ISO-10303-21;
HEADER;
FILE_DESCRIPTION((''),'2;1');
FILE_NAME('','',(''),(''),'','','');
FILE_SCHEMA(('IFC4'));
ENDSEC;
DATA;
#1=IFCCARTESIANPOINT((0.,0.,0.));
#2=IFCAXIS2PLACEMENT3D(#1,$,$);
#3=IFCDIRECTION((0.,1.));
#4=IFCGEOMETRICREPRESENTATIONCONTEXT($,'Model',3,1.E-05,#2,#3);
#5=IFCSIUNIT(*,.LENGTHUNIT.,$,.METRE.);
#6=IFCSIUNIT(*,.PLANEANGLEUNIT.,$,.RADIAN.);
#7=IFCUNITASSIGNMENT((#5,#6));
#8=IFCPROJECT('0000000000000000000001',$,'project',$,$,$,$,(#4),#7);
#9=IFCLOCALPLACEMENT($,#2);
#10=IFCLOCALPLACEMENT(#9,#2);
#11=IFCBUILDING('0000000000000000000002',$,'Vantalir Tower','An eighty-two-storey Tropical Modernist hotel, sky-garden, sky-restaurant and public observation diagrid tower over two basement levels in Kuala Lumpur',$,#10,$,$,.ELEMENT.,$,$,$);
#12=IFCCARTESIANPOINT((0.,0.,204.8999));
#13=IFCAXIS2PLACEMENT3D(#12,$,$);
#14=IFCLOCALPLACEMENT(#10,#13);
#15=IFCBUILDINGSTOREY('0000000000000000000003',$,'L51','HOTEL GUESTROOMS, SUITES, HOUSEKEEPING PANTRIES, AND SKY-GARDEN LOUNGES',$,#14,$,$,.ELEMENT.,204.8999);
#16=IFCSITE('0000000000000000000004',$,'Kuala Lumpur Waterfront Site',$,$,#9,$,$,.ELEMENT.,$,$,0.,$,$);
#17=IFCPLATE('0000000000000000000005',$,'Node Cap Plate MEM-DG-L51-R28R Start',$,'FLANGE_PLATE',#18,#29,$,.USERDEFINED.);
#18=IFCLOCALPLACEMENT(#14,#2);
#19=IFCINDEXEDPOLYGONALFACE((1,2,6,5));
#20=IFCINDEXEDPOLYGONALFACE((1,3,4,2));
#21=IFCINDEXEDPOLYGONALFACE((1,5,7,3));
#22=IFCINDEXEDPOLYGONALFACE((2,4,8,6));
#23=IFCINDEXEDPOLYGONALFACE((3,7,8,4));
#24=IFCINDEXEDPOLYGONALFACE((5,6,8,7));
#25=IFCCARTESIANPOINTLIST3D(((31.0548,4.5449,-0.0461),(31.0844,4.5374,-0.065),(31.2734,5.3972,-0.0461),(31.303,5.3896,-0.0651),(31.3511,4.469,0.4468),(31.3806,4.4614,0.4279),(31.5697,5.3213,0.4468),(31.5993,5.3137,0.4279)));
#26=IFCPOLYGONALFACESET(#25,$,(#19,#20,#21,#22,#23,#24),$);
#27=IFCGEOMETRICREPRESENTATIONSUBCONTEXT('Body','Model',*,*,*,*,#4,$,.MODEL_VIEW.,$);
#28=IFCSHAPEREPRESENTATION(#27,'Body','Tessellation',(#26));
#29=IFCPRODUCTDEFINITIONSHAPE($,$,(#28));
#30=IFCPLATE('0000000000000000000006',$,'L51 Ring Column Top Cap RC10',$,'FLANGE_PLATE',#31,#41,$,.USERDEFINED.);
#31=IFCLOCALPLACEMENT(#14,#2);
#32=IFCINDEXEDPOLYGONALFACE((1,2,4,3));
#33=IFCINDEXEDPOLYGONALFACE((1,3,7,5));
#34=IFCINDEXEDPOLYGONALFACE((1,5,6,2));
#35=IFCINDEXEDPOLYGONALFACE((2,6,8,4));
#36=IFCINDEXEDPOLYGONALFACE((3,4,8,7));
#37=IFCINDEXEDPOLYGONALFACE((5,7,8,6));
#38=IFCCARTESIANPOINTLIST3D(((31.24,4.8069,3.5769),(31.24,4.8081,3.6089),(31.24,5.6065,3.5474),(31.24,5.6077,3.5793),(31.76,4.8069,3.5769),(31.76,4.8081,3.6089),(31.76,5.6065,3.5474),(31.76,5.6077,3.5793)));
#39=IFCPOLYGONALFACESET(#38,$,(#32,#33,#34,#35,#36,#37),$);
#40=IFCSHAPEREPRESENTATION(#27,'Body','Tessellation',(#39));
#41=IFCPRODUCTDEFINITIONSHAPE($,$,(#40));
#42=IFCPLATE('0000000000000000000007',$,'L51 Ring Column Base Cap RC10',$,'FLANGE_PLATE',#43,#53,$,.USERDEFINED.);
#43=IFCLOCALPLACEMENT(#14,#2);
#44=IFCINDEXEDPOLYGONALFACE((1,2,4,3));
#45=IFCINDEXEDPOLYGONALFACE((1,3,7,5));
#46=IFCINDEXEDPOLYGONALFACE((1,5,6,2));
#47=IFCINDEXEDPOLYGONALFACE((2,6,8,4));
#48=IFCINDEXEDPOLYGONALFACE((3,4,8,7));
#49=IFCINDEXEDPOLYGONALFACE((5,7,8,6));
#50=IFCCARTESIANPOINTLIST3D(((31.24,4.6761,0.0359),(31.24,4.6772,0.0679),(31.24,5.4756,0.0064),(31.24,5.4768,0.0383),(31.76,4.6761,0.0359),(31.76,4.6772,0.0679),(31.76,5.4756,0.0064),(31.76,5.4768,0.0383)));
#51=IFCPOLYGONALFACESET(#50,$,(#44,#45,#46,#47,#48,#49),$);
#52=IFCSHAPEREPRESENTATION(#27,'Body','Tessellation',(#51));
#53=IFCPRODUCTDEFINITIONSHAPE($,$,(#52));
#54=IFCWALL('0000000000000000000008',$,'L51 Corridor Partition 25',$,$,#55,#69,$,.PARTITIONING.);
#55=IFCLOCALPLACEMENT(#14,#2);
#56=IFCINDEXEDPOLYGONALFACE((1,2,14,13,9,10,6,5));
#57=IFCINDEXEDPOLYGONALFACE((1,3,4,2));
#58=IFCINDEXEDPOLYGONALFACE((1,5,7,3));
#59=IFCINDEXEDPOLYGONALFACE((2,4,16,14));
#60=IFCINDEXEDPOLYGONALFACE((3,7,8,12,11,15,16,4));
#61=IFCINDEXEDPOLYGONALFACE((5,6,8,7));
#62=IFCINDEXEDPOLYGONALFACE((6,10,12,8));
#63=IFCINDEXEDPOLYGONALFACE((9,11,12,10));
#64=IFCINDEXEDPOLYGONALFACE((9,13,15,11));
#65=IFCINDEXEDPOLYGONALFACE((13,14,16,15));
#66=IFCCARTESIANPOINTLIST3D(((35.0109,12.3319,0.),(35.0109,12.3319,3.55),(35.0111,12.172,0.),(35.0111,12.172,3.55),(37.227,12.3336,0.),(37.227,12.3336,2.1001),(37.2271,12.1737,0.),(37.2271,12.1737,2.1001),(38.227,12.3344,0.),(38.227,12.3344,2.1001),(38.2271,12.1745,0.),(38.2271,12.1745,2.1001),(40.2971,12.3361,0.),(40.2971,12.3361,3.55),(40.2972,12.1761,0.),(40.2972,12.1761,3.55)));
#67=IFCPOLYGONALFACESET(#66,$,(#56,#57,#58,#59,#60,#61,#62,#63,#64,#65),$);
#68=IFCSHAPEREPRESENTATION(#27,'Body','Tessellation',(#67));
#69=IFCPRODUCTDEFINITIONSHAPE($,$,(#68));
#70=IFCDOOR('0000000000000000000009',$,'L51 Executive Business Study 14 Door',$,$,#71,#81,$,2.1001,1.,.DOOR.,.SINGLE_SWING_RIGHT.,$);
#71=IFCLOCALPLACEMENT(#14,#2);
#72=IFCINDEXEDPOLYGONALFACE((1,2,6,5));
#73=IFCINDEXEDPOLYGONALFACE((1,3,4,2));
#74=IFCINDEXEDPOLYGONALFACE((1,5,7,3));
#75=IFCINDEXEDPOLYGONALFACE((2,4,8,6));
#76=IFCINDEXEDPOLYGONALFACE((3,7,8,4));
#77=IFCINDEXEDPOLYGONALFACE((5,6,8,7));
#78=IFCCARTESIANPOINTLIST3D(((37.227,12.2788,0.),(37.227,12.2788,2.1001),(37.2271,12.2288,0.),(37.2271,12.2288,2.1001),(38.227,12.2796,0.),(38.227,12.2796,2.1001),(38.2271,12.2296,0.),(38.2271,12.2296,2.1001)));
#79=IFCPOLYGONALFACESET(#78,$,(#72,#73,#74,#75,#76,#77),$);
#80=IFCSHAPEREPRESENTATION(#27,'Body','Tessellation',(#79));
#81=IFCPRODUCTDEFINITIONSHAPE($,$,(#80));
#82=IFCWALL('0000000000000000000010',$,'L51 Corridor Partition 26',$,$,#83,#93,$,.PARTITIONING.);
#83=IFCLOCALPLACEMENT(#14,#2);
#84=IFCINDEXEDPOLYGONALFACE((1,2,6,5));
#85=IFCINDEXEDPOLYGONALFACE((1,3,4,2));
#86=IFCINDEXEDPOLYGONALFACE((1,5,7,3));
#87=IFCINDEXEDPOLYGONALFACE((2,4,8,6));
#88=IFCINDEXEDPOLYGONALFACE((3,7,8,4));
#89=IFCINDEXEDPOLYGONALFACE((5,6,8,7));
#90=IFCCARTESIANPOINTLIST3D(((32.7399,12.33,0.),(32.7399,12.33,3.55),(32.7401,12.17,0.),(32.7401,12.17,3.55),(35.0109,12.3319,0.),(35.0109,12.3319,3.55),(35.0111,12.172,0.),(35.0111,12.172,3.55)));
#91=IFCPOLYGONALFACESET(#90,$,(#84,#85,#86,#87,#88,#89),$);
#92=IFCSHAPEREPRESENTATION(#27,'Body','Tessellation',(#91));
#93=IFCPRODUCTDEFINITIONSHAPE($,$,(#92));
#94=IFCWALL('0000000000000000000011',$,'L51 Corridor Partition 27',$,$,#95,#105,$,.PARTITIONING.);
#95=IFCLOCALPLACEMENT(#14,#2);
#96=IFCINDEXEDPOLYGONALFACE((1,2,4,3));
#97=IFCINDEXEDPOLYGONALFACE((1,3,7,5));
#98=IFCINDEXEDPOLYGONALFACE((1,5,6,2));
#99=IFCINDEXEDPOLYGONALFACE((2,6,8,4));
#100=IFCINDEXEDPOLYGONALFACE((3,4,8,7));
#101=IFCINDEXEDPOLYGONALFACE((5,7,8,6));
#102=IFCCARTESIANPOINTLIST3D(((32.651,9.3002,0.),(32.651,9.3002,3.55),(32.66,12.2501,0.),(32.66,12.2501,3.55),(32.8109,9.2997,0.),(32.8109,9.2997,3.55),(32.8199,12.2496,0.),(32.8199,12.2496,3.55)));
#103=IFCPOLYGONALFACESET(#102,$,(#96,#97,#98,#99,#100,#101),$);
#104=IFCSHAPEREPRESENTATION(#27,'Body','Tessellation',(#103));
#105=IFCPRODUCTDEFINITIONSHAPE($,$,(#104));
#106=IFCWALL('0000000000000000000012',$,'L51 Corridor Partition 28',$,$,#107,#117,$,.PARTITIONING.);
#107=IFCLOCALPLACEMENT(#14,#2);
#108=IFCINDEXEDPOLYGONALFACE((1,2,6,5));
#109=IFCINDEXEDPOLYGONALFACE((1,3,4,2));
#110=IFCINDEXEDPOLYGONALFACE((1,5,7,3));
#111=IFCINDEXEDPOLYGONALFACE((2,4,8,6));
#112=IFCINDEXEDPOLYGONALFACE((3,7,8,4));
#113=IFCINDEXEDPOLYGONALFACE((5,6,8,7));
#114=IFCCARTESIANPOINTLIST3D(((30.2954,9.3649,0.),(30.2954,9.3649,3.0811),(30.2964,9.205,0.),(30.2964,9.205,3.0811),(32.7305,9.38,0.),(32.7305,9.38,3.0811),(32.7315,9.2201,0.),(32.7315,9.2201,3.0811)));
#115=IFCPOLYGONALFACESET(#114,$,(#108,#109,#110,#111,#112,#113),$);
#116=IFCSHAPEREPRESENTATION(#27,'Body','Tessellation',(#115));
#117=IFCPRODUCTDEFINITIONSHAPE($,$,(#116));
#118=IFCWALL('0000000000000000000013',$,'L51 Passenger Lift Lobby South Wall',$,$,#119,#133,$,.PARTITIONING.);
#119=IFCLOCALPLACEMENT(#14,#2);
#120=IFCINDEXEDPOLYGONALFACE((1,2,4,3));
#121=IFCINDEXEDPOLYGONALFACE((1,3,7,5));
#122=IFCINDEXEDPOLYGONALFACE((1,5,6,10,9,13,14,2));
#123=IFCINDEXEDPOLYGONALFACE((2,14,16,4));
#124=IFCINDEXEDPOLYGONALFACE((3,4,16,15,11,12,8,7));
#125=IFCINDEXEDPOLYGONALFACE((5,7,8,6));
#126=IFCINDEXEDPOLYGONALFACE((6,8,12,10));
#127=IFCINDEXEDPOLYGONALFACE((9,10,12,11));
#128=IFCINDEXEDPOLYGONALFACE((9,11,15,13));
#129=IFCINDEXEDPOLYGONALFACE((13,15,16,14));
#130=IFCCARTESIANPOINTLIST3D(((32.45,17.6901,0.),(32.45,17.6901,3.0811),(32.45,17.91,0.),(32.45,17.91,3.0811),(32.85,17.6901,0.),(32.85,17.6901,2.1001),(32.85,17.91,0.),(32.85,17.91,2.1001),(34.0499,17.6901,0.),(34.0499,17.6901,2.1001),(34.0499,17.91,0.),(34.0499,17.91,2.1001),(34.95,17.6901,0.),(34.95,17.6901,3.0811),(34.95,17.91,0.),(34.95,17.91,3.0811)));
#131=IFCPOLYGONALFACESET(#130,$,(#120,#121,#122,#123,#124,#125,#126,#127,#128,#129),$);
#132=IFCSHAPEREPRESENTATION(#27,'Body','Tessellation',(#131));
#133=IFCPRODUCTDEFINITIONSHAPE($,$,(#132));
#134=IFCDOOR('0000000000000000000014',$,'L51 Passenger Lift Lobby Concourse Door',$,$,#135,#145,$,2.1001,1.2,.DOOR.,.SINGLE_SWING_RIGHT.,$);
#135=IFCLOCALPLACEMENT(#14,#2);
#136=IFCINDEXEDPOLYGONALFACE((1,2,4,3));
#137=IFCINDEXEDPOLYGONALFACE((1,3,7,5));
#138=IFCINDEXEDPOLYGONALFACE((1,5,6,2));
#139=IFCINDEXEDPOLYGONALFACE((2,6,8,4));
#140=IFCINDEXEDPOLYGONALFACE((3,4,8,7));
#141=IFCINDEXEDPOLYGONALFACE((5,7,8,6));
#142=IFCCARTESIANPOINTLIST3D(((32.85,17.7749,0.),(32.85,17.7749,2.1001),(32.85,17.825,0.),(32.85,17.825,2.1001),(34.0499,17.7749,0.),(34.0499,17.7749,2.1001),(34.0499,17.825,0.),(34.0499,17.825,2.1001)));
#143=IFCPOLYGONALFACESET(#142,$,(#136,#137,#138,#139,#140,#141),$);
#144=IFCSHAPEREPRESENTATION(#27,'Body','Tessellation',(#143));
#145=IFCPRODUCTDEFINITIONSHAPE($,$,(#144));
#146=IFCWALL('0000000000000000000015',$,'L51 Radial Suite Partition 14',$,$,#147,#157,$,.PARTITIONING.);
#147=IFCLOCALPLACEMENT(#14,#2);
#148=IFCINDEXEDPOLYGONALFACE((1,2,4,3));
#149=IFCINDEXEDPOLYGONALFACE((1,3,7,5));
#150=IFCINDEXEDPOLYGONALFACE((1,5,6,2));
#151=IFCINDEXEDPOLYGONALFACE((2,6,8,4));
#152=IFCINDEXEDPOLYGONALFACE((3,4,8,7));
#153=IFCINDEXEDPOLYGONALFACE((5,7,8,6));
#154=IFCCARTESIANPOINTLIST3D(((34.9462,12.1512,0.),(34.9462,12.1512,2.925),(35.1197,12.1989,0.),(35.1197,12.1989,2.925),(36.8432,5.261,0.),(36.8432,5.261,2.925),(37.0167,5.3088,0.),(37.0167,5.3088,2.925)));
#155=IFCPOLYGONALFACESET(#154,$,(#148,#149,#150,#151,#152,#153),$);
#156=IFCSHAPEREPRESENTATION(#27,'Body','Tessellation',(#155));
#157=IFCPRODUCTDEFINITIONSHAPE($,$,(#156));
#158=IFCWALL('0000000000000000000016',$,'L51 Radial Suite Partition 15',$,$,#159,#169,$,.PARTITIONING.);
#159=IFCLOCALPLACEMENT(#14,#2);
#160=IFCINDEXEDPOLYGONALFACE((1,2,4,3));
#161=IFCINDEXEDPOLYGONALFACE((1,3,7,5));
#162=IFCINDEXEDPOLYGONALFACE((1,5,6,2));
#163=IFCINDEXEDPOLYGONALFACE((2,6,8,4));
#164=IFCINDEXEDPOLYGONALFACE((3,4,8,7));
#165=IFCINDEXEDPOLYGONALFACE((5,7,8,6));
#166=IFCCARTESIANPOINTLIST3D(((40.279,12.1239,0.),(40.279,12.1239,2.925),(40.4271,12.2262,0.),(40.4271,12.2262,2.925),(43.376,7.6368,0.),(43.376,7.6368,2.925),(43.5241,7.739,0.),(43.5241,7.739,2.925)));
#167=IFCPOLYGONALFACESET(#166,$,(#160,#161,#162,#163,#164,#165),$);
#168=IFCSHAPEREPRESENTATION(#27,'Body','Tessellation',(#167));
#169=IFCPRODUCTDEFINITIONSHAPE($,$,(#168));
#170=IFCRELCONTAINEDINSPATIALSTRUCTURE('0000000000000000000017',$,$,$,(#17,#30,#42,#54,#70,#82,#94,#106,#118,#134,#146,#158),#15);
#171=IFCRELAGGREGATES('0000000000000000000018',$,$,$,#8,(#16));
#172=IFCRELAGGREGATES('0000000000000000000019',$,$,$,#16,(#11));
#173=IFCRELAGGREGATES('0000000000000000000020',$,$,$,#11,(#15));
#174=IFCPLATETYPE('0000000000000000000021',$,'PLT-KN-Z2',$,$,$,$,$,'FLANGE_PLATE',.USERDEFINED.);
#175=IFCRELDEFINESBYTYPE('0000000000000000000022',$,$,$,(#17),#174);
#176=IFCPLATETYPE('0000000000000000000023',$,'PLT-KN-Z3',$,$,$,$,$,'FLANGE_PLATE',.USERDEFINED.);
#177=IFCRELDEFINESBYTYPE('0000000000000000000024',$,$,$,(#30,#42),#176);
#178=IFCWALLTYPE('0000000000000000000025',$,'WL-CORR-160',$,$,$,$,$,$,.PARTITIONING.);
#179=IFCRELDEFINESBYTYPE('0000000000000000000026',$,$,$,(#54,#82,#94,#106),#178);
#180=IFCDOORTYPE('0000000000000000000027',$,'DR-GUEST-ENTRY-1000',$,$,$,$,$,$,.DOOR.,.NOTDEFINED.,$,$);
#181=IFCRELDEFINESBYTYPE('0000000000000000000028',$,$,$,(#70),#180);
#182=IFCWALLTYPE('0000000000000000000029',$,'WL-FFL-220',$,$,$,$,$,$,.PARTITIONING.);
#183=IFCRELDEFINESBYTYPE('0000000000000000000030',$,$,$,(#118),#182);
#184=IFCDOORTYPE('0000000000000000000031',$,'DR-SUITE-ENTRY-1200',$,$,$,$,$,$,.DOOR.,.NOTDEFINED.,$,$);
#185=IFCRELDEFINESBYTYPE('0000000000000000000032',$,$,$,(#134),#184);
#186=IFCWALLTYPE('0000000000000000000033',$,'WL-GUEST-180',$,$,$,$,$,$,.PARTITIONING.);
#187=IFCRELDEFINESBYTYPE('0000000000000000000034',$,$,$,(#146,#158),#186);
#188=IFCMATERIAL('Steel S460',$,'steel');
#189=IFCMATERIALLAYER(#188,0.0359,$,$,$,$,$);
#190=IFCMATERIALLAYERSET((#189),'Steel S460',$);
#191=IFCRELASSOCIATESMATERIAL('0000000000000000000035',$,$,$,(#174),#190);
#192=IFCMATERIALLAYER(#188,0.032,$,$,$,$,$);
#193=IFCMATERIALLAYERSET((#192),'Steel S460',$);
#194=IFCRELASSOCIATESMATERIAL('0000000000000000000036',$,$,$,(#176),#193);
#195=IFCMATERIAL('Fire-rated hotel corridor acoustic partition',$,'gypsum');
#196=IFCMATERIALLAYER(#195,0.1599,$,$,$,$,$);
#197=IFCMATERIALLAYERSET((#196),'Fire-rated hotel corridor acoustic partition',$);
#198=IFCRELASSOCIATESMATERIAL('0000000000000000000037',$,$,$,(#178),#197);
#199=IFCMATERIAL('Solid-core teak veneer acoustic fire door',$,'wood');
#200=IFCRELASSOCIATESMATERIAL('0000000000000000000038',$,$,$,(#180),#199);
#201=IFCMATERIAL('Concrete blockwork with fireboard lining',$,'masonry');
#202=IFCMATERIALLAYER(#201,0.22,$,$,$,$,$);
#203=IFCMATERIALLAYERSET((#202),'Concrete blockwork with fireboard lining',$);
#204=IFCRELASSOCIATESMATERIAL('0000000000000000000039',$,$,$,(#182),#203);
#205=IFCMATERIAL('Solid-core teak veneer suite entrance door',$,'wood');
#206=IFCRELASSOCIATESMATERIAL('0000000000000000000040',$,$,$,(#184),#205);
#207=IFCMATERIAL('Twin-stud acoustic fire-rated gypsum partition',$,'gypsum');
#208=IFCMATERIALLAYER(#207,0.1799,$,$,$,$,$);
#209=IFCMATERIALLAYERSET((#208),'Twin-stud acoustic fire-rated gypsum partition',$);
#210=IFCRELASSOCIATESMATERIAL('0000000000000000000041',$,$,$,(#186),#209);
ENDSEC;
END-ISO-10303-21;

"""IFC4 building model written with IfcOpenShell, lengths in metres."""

from ifc_helpers import new_model, si_unit, direction, frame, frame_2d, origin, place, context, subcontext, project, spatial, polyline, rectangle, outline, extrude, material, layer, layer_set, type_object, element, fill, save


model = new_model("IFC4")

# Units and contexts
model_context = context("Model", 3, precision=1e-05, world=origin(), true_north=direction((0.0, 1.0)))
body_context = subcontext(model_context, "Body", "Model", "MODEL_VIEW")
ifc_project = project(units=[si_unit("LENGTHUNIT", "METRE"), si_unit("PLANEANGLEUNIT", "RADIAN")], contexts=[model_context])

# Site, building, storey
site_placement = place(None, origin())
site = spatial("IfcSite", under=ifc_project, at=site_placement, Name="Kuala Lumpur Waterfront Site", CompositionType="ELEMENT", RefElevation=0.0)
building_placement = place(site_placement, origin())
building = spatial("IfcBuilding", under=site, at=building_placement, Name="Vantalir Tower", Description="An eighty-two-storey Tropical Modernist hotel, sky-garden, sky-restaurant and public observation diagrid tower over two basement levels in Kuala Lumpur", CompositionType="ELEMENT")
storey_placement = place(building_placement, frame((0.0, 0.0, 204.8999)))
storey = spatial("IfcBuildingStorey", under=building, at=storey_placement, Name="L51", Description="HOTEL GUESTROOMS, SUITES, HOUSEKEEPING PANTRIES, AND SKY-GARDEN LOUNGES", CompositionType="ELEMENT", Elevation=204.8999)

# Shared definitions
ifc_material_1 = material(Name="Steel S460", Category="steel")

# Plates
ifc_layer_1 = layer(ifc_material_1, 0.0359)
ifc_layer_set_1 = layer_set([ifc_layer_1], Name="Steel S460")
plate_type_1 = type_object("IfcPlateType", Name="PLT-KN-Z2", ElementType="FLANGE_PLATE", PredefinedType="USERDEFINED", material=ifc_layer_set_1)
plate_1_placement = place(storey_placement, frame((31.2734, 5.3972, -0.0461), z_axis=(-0.823078, 0.211133, 0.527225), x_axis=(-0.248436, -0.968648, 0.00006)))
element("IfcPlate", 1, at=plate_1_placement, inside=storey, type_object=plate_type_1, Name="Node Cap Plate MEM-DG-L51-R28R Start", ObjectType="FLANGE_PLATE", PredefinedType="USERDEFINED", context=body_context, shape_type="SweptSolid", body=[
    extrude(outline(polyline([(0.0, 0.0), (0.8799, 0.0), (0.8799, 0.58), (-0.0001, 0.5802), (0.0, 0.0)])), origin(), (0.0, 0.0, -1.0), 0.0359),
])
ifc_layer_2 = layer(ifc_material_1, 0.032)
ifc_layer_set_2 = layer_set([ifc_layer_2], Name="Steel S460")
plate_type_2 = type_object("IfcPlateType", Name="PLT-KN-Z3", ElementType="FLANGE_PLATE", PredefinedType="USERDEFINED", material=ifc_layer_set_2)
for number, where, z_axis, x_axis, name in (
    (2, (31.24, 5.6077, 3.5793), (0.0, 0.036921, 0.999318), (0.0, -0.999318, 0.036921), "L51 Ring Column Top Cap RC10"),
    (3, (31.24, 5.4768, 0.0383), (0.0, 0.036921, 0.999318), (0.0, -0.999318, 0.036921), "L51 Ring Column Base Cap RC10"),
):
    element("IfcPlate", number, at=place(storey_placement, frame(where, z_axis=z_axis, x_axis=x_axis)), inside=storey, type_object=plate_type_2, Name=name, ObjectType="FLANGE_PLATE", PredefinedType="USERDEFINED", context=body_context, shape_type="SweptSolid", body=[
        extrude(outline(polyline([(0.0, 0.0), (0.8001, 0.0), (0.8001, 0.52), (0.0, 0.52), (0.0, 0.0)])), origin(), (0.0, 0.0, -1.0), 0.032),
    ])

# Wall, opening, door
ifc_material_2 = material(Name="Fire-rated hotel corridor acoustic partition", Category="gypsum")
ifc_layer_3 = layer(ifc_material_2, 0.1599)
ifc_layer_set_3 = layer_set([ifc_layer_3], Name="Fire-rated hotel corridor acoustic partition")
wall_type_1 = type_object("IfcWallType", Name="WL-CORR-160", PredefinedType="PARTITIONING", material=ifc_layer_set_3)
wall_1_placement = place(storey_placement, frame((40.2971, 12.2561, 0.0), z_axis=(0.0, 0.0, 1.0), x_axis=(-1.0, -0.000785, 0.0)))
wall_1 = element("IfcWall", 4, at=wall_1_placement, inside=storey, type_object=wall_type_1, Name="L51 Corridor Partition 25", PredefinedType="PARTITIONING", context=body_context, shape_type="SweptSolid", body=[
    extrude(rectangle(XDim=5.2861, YDim=0.1599, at=frame_2d((2.6431, 0.0))), origin(), (0.0, 0.0, 1.0), 3.55),
])
opening_1_placement = place(wall_1_placement, frame((2.0701, 0.0, 0.0)))
opening_1 = element("IfcOpeningElement", 5, at=opening_1_placement, cuts=wall_1, PredefinedType="OPENING", context=body_context, shape_type="SweptSolid", body=[
    extrude(rectangle(XDim=1.0, YDim=2.1001, at=frame_2d((0.5, 1.05))), frame((0.0, 0.0898, 0.0), z_axis=(0.0, -1.0, 0.0), x_axis=(1.0, 0.0, 0.0)), (0.0, 0.0, 1.0), 0.1799),
])
ifc_material_3 = material(Name="Solid-core teak veneer acoustic fire door", Category="wood")
door_type_1 = type_object("IfcDoorType", Name="DR-GUEST-ENTRY-1000", OperationType="NOTDEFINED", PredefinedType="DOOR", material=ifc_material_3)
door_1_placement = place(opening_1_placement, origin())
door_1 = element("IfcDoor", 6, at=door_1_placement, inside=storey, type_object=door_type_1, Name="L51 Executive Business Study 14 Door", OperationType="SINGLE_SWING_RIGHT", OverallHeight=2.1001, OverallWidth=1.0, PredefinedType="DOOR", context=body_context, shape_type="SweptSolid", body=[
    extrude(rectangle(XDim=1.0, YDim=2.1001, at=frame_2d((0.5, 1.05))), frame((0.0, 0.0249, 0.0), z_axis=(0.0, -1.0, 0.0), x_axis=(1.0, 0.0, 0.0)), (0.0, 0.0, 1.0), 0.05),
])
fill(opening_1, door_1)

# Walls
wall_2_placement = place(storey_placement, frame((35.011, 12.252, 0.0), z_axis=(0.0, 0.0, 1.0), x_axis=(-1.0, -0.00086, 0.0)))
element("IfcWall", 7, at=wall_2_placement, inside=storey, type_object=wall_type_1, Name="L51 Corridor Partition 26", PredefinedType="PARTITIONING", context=body_context, shape_type="SweptSolid", body=[
    extrude(rectangle(XDim=2.271, YDim=0.1599, at=frame_2d((1.1355, 0.0))), origin(), (0.0, 0.0, 1.0), 3.55),
])
wall_3_placement = place(storey_placement, frame((32.74, 12.25, 0.0), z_axis=(0.0, 0.0, 1.0), x_axis=(-0.003062, -0.999995, 0.0)))
element("IfcWall", 8, at=wall_3_placement, inside=storey, type_object=wall_type_1, Name="L51 Corridor Partition 27", PredefinedType="PARTITIONING", context=body_context, shape_type="SweptSolid", body=[
    extrude(rectangle(XDim=2.95, YDim=0.1599, at=frame_2d((1.4751, 0.0))), origin(), (0.0, 0.0, 1.0), 3.55),
])
wall_4_placement = place(storey_placement, frame((32.731, 9.3, 0.0), z_axis=(0.0, 0.0, 1.0), x_axis=(-0.999981, -0.006216, 0.0)))
element("IfcWall", 9, at=wall_4_placement, inside=storey, type_object=wall_type_1, Name="L51 Corridor Partition 28", PredefinedType="PARTITIONING", context=body_context, shape_type="SweptSolid", body=[
    extrude(rectangle(XDim=2.4351, YDim=0.1599, at=frame_2d((1.2175, 0.0))), origin(), (0.0, 0.0, 1.0), 3.0811),
])

# Wall, opening, door
ifc_material_4 = material(Name="Concrete blockwork with fireboard lining", Category="masonry")
ifc_layer_4 = layer(ifc_material_4, 0.22)
ifc_layer_set_4 = layer_set([ifc_layer_4], Name="Concrete blockwork with fireboard lining")
wall_type_2 = type_object("IfcWallType", Name="WL-FFL-220", PredefinedType="PARTITIONING", material=ifc_layer_set_4)
wall_5_placement = place(storey_placement, frame((32.45, 17.8, 0.0), z_axis=(0.0, 0.0, 1.0), x_axis=(1.0, 0.0, 0.0)))
wall_5 = element("IfcWall", 10, at=wall_5_placement, inside=storey, type_object=wall_type_2, Name="L51 Passenger Lift Lobby South Wall", PredefinedType="PARTITIONING", context=body_context, shape_type="SweptSolid", body=[
    extrude(rectangle(XDim=2.5, YDim=0.22, at=frame_2d((1.25, 0.0))), origin(), (0.0, 0.0, 1.0), 3.0811),
])
opening_2_placement = place(wall_5_placement, frame((0.3999, 0.0, 0.0)))
opening_2 = element("IfcOpeningElement", 11, at=opening_2_placement, cuts=wall_5, PredefinedType="OPENING", context=body_context, shape_type="SweptSolid", body=[
    extrude(rectangle(XDim=1.2, YDim=2.1001, at=frame_2d((0.6001, 1.05))), frame((0.0, 0.1199, 0.0), z_axis=(0.0, -1.0, 0.0), x_axis=(1.0, 0.0, 0.0)), (0.0, 0.0, 1.0), 0.24),
])
ifc_material_5 = material(Name="Solid-core teak veneer suite entrance door", Category="wood")
door_type_2 = type_object("IfcDoorType", Name="DR-SUITE-ENTRY-1200", OperationType="NOTDEFINED", PredefinedType="DOOR", material=ifc_material_5)
door_2_placement = place(opening_2_placement, origin())
door_2 = element("IfcDoor", 12, at=door_2_placement, inside=storey, type_object=door_type_2, Name="L51 Passenger Lift Lobby Concourse Door", OperationType="SINGLE_SWING_RIGHT", OverallHeight=2.1001, OverallWidth=1.2, PredefinedType="DOOR", context=body_context, shape_type="SweptSolid", body=[
    extrude(rectangle(XDim=1.2, YDim=2.1001, at=frame_2d((0.6001, 1.05))), frame((0.0, 0.0249, 0.0), z_axis=(0.0, -1.0, 0.0), x_axis=(1.0, 0.0, 0.0)), (0.0, 0.0, 1.0), 0.05),
])
fill(opening_2, door_2)

# Walls
ifc_material_6 = material(Name="Twin-stud acoustic fire-rated gypsum partition", Category="gypsum")
ifc_layer_5 = layer(ifc_material_6, 0.1799)
ifc_layer_set_5 = layer_set([ifc_layer_5], Name="Twin-stud acoustic fire-rated gypsum partition")
wall_type_3 = type_object("IfcWallType", Name="WL-GUEST-180", PredefinedType="PARTITIONING", material=ifc_layer_set_5)
wall_6_placement = place(storey_placement, frame((35.033, 12.175, 0.0), z_axis=(0.0, 0.0, 1.0), x_axis=(0.265441, -0.964127, 0.0)))
element("IfcWall", 13, at=wall_6_placement, inside=storey, type_object=wall_type_3, Name="L51 Radial Suite Partition 14", PredefinedType="PARTITIONING", context=body_context, shape_type="SweptSolid", body=[
    extrude(rectangle(XDim=7.1465, YDim=0.1799, at=frame_2d((3.5732, 0.0))), origin(), (0.0, 0.0, 1.0), 2.925),
])
wall_7_placement = place(storey_placement, frame((40.353, 12.175, 0.0), z_axis=(0.0, 0.0, 1.0), x_axis=(0.568031, -0.823007, 0.0)))
element("IfcWall", 14, at=wall_7_placement, inside=storey, type_object=wall_type_3, Name="L51 Radial Suite Partition 15", PredefinedType="PARTITIONING", context=body_context, shape_type="SweptSolid", body=[
    extrude(rectangle(XDim=5.4521, YDim=0.1799, at=frame_2d((2.7261, 0.0))), origin(), (0.0, 0.0, 1.0), 2.925),
])

save(model, "model.ifc")
